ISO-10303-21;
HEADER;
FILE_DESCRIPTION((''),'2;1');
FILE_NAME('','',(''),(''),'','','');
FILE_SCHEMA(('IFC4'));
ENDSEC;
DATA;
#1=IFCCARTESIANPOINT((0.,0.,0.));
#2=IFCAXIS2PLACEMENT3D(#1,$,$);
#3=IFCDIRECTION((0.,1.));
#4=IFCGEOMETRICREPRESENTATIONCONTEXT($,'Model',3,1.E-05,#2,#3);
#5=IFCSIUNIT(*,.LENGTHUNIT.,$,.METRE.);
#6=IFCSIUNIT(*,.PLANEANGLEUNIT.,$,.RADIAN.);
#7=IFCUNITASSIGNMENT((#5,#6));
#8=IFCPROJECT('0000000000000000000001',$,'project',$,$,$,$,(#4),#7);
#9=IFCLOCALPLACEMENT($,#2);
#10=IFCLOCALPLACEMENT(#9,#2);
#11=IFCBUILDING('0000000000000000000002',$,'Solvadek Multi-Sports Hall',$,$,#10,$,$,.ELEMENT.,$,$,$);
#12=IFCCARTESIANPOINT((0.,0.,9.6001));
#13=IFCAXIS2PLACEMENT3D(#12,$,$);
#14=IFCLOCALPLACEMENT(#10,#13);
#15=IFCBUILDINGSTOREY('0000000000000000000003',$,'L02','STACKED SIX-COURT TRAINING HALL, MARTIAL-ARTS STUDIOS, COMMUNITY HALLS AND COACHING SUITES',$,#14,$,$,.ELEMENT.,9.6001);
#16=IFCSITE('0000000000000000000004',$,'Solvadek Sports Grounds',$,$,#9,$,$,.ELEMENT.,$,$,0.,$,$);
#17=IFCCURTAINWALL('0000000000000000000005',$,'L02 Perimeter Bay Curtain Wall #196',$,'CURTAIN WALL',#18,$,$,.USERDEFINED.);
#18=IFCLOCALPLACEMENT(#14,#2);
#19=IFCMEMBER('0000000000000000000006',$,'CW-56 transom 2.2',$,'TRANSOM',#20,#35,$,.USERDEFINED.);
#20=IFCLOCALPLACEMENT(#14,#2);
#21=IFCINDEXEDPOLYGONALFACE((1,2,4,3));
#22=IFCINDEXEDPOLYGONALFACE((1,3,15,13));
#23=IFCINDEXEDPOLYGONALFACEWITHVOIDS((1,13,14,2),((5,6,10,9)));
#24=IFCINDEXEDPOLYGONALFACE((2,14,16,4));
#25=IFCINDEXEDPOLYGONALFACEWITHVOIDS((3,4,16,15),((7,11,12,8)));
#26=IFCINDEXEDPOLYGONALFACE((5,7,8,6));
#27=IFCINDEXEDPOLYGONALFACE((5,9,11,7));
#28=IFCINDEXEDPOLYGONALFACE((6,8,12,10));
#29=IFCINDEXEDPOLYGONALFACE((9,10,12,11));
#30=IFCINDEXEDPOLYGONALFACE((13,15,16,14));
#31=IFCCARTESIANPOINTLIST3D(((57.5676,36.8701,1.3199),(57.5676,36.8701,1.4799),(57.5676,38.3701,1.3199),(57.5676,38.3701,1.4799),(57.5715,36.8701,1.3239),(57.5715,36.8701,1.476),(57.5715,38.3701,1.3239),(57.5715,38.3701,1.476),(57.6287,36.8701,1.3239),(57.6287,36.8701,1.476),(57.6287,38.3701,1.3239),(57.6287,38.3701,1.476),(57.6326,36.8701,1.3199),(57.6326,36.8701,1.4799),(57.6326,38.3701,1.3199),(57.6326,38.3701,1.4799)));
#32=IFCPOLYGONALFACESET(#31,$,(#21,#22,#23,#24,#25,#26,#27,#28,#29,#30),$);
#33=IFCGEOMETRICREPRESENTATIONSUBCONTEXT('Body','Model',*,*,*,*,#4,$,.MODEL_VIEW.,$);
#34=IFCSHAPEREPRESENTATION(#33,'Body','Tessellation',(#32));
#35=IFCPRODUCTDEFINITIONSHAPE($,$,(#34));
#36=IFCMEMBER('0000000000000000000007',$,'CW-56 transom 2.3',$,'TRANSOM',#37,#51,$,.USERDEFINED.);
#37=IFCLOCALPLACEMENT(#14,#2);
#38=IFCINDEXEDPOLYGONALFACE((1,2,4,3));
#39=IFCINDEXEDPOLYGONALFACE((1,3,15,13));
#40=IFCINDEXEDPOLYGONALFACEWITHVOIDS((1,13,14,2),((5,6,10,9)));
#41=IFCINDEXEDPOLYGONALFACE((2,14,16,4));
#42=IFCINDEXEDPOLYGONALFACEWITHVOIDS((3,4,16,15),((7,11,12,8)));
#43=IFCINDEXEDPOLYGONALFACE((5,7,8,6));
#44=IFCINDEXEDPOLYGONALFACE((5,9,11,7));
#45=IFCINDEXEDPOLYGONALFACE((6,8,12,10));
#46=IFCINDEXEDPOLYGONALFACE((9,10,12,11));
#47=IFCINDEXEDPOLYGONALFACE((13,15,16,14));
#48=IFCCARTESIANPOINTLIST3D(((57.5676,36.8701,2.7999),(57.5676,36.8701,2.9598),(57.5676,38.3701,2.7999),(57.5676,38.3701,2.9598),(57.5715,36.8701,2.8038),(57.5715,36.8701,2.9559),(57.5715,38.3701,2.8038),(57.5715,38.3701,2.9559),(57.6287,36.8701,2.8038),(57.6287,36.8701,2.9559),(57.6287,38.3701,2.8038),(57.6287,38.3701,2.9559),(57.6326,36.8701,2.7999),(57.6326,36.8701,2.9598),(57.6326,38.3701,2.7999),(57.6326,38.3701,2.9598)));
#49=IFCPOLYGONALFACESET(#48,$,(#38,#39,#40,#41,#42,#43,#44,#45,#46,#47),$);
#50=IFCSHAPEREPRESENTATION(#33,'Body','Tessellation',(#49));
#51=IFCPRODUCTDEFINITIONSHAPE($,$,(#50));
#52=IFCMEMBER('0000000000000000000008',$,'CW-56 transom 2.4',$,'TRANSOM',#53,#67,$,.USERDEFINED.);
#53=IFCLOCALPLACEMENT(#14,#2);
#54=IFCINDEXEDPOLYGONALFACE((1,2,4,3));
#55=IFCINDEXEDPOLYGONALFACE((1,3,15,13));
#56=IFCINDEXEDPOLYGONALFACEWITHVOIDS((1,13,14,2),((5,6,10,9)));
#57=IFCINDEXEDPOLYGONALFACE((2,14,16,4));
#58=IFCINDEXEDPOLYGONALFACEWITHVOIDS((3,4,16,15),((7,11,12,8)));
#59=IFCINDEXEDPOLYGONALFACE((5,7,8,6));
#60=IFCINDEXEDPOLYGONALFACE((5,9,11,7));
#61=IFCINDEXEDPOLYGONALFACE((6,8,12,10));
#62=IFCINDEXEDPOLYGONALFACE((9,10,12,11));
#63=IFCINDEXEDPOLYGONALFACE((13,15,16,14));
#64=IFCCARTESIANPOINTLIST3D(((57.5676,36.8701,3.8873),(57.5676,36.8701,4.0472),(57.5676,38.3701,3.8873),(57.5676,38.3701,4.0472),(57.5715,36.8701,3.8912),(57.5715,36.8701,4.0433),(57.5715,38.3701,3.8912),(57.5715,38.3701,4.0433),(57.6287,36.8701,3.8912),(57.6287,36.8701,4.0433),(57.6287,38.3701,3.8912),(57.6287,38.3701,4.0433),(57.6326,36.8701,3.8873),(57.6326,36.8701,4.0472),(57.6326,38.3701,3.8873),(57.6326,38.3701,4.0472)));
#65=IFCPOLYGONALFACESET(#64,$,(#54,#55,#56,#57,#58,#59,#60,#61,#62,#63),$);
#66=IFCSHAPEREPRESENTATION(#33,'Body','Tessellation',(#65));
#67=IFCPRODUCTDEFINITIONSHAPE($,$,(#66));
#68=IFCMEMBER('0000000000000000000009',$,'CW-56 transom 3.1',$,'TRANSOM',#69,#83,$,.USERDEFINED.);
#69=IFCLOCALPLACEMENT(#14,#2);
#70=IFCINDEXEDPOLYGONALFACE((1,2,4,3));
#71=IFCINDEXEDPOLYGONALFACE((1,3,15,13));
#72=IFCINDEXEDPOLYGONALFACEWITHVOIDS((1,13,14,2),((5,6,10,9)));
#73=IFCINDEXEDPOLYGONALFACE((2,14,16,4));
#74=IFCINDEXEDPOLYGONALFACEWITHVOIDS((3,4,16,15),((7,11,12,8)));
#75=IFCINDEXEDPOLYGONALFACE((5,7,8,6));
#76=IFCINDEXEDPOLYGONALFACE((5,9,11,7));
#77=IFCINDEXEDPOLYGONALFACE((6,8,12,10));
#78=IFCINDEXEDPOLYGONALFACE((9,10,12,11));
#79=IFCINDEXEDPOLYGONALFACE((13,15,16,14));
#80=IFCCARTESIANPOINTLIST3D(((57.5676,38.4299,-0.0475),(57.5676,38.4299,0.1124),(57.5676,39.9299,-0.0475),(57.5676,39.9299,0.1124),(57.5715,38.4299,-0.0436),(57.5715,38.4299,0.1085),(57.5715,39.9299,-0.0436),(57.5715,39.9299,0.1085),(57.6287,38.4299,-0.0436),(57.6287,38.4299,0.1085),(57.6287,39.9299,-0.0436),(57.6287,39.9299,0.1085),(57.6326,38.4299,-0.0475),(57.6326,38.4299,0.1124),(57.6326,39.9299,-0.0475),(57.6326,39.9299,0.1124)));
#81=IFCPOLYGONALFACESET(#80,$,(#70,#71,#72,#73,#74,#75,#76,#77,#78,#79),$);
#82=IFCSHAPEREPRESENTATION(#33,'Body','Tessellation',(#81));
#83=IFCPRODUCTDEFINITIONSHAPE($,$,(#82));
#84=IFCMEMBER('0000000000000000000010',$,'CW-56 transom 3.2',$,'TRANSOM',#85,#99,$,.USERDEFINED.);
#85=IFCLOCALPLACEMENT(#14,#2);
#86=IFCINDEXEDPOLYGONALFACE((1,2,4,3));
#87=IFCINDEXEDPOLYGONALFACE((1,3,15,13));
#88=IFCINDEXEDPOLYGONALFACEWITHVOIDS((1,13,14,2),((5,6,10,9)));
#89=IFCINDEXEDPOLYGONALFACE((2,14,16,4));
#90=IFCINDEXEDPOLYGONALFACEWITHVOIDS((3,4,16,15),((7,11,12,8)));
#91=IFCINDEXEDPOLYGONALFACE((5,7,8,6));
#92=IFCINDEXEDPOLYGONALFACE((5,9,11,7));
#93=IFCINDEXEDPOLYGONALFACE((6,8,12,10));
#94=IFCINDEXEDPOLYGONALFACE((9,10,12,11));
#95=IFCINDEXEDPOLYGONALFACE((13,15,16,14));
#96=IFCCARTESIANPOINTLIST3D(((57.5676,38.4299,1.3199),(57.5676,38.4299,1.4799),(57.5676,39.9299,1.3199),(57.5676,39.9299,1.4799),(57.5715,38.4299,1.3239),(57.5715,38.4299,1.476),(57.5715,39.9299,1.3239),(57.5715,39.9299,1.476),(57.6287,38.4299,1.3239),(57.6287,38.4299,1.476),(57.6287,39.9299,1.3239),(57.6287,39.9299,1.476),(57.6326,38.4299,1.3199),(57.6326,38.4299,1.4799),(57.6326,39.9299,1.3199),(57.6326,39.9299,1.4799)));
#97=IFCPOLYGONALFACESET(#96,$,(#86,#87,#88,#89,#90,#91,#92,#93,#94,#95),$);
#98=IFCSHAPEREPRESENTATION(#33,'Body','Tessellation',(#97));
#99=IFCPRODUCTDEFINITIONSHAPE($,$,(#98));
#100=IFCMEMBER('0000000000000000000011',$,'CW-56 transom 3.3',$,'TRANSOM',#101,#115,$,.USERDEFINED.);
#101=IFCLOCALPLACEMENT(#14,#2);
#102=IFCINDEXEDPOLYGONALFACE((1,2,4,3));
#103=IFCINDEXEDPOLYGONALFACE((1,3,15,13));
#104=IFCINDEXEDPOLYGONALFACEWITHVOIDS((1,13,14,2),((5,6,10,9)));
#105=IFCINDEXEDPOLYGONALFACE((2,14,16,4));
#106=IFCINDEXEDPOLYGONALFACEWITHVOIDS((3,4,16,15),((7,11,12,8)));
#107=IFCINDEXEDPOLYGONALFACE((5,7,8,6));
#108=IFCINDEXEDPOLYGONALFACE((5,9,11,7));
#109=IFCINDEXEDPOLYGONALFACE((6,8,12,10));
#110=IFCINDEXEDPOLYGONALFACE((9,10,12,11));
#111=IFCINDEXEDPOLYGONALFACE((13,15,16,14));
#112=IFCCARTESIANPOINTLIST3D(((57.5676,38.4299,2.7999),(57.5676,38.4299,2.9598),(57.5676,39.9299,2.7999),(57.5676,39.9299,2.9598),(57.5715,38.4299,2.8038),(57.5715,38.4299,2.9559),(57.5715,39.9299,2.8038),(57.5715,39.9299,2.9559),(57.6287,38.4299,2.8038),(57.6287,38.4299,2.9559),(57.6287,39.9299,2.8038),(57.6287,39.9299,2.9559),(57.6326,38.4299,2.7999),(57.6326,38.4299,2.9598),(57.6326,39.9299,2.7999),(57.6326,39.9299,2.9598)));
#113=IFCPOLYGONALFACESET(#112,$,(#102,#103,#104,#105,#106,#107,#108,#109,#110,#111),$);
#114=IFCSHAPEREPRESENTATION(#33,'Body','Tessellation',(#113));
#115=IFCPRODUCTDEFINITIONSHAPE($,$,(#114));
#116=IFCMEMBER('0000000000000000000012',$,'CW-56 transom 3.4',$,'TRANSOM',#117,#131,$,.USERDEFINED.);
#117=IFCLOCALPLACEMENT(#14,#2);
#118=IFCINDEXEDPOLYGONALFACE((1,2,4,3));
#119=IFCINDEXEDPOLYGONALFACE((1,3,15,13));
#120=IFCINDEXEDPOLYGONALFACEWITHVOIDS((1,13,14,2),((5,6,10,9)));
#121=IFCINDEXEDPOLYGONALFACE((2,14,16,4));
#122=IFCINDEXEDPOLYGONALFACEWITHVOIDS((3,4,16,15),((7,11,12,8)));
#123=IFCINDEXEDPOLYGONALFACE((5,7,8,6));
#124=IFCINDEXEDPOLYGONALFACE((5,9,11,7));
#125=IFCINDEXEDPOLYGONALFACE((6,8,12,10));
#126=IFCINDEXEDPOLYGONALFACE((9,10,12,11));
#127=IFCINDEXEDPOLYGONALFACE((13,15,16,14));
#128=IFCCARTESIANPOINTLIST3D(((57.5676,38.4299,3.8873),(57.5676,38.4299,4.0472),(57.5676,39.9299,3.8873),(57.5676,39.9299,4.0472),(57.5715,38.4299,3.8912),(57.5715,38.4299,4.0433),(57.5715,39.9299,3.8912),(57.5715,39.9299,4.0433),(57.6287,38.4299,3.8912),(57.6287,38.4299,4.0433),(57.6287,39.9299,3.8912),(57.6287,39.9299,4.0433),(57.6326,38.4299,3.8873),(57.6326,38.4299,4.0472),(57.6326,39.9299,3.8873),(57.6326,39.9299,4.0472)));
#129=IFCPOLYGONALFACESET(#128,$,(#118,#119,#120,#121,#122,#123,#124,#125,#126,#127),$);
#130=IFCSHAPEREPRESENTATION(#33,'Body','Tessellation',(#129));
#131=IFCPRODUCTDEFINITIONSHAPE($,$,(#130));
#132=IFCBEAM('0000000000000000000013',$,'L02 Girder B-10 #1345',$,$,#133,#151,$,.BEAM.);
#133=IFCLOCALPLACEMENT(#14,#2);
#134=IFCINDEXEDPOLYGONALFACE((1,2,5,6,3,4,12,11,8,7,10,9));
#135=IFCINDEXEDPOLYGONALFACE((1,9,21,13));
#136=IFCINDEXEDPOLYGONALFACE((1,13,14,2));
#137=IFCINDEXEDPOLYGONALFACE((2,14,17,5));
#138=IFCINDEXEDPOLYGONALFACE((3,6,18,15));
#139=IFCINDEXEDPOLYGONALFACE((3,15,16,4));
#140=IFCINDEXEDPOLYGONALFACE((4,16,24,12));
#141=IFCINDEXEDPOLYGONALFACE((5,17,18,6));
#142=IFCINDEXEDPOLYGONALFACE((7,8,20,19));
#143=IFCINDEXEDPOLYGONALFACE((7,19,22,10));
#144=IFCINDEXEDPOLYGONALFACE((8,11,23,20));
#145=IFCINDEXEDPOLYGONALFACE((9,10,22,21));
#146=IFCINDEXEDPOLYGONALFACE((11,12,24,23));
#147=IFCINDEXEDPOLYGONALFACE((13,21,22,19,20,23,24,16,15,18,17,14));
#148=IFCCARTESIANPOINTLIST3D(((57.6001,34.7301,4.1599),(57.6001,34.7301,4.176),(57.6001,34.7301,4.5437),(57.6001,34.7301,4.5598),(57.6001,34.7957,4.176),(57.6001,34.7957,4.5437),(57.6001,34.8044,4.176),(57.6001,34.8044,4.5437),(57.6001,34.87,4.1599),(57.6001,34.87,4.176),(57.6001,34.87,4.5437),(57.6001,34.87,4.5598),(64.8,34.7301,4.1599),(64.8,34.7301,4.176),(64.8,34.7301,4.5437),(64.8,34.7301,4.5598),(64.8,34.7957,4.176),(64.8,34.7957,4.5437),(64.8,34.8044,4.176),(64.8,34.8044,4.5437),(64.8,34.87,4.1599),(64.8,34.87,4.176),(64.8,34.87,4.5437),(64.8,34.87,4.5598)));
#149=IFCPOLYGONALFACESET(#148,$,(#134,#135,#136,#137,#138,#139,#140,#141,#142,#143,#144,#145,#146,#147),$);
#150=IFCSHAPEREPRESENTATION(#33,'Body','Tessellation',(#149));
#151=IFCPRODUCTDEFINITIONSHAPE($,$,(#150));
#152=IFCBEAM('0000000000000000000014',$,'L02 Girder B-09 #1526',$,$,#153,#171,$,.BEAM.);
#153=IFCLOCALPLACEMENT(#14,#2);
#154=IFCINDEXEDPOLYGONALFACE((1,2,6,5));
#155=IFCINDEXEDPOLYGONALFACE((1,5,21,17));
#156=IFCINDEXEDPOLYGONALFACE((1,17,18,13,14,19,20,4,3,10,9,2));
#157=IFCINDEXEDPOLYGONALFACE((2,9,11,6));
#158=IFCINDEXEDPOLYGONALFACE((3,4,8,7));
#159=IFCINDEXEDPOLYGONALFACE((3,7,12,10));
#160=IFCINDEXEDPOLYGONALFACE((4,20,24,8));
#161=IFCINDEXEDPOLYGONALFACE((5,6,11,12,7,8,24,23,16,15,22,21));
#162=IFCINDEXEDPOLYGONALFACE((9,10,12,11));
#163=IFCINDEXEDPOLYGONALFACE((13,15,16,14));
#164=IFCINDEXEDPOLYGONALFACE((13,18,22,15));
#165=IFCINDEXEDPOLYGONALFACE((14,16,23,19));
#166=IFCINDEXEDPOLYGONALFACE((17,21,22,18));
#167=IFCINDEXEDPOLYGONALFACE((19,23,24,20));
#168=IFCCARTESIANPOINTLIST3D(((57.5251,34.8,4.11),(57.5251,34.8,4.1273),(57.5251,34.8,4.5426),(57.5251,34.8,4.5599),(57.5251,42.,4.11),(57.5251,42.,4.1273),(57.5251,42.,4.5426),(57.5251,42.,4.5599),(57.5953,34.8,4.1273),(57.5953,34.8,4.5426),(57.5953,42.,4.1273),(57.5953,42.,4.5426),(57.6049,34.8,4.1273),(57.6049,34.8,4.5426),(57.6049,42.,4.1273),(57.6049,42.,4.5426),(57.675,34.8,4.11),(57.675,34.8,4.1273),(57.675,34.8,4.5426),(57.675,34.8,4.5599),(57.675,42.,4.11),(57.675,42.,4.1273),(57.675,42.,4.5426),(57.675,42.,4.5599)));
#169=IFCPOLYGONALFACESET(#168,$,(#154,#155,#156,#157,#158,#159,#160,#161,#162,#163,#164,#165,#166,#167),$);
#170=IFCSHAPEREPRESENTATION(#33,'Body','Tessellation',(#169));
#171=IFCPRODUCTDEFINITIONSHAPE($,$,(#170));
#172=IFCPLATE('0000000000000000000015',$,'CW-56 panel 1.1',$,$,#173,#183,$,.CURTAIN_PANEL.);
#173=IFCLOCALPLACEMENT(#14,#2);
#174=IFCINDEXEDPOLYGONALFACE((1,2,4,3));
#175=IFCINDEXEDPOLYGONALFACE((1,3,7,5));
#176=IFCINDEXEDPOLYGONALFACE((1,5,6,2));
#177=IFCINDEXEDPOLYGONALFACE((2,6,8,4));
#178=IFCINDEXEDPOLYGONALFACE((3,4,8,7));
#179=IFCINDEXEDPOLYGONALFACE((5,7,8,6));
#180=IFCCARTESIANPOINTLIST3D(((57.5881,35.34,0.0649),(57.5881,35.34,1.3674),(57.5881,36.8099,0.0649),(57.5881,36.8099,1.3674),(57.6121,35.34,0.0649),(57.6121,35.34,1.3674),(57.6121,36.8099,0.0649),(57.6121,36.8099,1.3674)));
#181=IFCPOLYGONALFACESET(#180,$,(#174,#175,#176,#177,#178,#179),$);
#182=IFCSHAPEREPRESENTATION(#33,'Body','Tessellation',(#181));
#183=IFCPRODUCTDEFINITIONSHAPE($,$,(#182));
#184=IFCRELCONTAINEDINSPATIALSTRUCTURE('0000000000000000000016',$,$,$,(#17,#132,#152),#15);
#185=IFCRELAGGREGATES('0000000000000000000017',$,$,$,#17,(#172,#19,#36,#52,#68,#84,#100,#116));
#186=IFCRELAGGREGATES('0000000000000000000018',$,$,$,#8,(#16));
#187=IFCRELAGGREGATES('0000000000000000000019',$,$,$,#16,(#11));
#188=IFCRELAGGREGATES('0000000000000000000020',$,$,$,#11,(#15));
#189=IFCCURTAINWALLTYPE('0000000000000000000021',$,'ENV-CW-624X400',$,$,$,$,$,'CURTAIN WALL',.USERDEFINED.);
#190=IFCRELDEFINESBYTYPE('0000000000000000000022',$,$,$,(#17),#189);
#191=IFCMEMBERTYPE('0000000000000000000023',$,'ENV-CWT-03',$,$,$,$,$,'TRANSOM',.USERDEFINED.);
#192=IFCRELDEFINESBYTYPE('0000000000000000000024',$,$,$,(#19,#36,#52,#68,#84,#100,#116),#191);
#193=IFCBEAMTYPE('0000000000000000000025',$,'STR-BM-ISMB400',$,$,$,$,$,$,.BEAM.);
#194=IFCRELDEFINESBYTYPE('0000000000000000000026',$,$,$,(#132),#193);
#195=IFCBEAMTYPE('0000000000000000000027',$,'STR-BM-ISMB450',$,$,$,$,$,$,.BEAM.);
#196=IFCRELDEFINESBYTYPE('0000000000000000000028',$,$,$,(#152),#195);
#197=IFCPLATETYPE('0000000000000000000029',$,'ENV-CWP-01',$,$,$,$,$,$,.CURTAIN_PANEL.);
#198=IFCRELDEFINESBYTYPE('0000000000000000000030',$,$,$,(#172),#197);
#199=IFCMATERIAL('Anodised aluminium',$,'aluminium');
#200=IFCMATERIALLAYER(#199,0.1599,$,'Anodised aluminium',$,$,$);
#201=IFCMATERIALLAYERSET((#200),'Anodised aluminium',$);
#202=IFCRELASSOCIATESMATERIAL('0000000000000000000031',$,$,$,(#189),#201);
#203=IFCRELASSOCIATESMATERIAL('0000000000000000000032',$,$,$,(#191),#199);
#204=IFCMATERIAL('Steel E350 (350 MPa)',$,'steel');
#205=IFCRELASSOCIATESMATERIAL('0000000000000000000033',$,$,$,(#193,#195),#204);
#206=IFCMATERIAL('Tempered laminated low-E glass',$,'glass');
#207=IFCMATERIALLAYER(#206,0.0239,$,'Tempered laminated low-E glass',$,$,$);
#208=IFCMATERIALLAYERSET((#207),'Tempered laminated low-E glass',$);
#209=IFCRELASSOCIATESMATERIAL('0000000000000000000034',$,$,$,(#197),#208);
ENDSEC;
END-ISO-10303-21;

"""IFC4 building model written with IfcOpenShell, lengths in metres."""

from ifc_helpers import new_model, si_unit, direction, frame, origin, origin_2d, place, context, subcontext, project, spatial, rectangle, hollow_rectangle, i_section, extrude, material, layer, layer_set, material_profile, profile_set, type_object, element, aggregate, save


model = new_model("IFC4")

# Units and contexts
model_context = context("Model", 3, precision=1e-05, world=origin(), true_north=direction((0.0, 1.0)))
body_context = subcontext(model_context, "Body", "Model", "MODEL_VIEW")
ifc_project = project(units=[si_unit("LENGTHUNIT", "METRE"), si_unit("PLANEANGLEUNIT", "RADIAN")], contexts=[model_context])

# Site, building, storey
site_placement = place(None, origin())
site = spatial("IfcSite", under=ifc_project, at=site_placement, Name="Solvadek Sports Grounds", CompositionType="ELEMENT", RefElevation=0.0)
building_placement = place(site_placement, origin())
building = spatial("IfcBuilding", under=site, at=building_placement, Name="Solvadek Multi-Sports Hall", CompositionType="ELEMENT")
storey_placement = place(building_placement, frame((0.0, 0.0, 9.6001)))
storey = spatial("IfcBuildingStorey", under=building, at=storey_placement, Name="L02", Description="STACKED SIX-COURT TRAINING HALL, MARTIAL-ARTS STUDIOS, COMMUNITY HALLS AND COACHING SUITES", CompositionType="ELEMENT", Elevation=9.6001)

# Shared definitions
ifc_material_1 = material(Name="Steel E350 (350 MPa)", Category="steel")

# Shared definitions
ifc_material_2 = material(Name="Anodised aluminium", Category="aluminium")

# Curtain wall, members
ifc_layer_1 = layer(ifc_material_2, 0.1599, Name="Anodised aluminium")
ifc_layer_set_1 = layer_set([ifc_layer_1], Name="Anodised aluminium")
curtain_wall_type_1 = type_object("IfcCurtainWallType", Name="ENV-CW-624X400", ElementType="CURTAIN WALL", PredefinedType="USERDEFINED", material=ifc_layer_set_1)
curtain_wall_1_placement = place(storey_placement, origin())
curtain_wall_1 = element("IfcCurtainWall", 1, at=curtain_wall_1_placement, inside=storey, type_object=curtain_wall_type_1, Name="L02 Perimeter Bay Curtain Wall #196", ObjectType="CURTAIN WALL", PredefinedType="USERDEFINED")
ifc_material_profile_1 = material_profile(ifc_material_2, hollow_rectangle(XDim=0.0649, YDim=0.1599, WallThickness=0.0039, at=origin_2d()), Name="ALU-T 160x65x4")
ifc_profile_set_1 = profile_set([ifc_material_profile_1], Name="Anodised aluminium")
member_type_1 = type_object("IfcMemberType", Name="ENV-CWT-03", ElementType="TRANSOM", PredefinedType="USERDEFINED", material=ifc_profile_set_1)
member_1_placement = place(storey_placement, frame((57.6001, 36.8701, 1.3999), z_axis=(0.0, 1.0, 0.0), x_axis=(-1.0, 0.0, 0.0)))
member_1 = element("IfcMember", 2, at=member_1_placement, type_object=member_type_1, Name="CW-56 transom 2.2", ObjectType="TRANSOM", PredefinedType="USERDEFINED", context=body_context, shape_type="SweptSolid", body=[
    extrude(hollow_rectangle(XDim=0.0649, YDim=0.1599, WallThickness=0.0039, at=origin_2d()), origin(), (0.0, 0.0, 1.0), 1.5),
])
member_2_placement = place(storey_placement, frame((57.6001, 36.8701, 2.8799), z_axis=(0.0, 1.0, 0.0), x_axis=(-1.0, 0.0, 0.0)))
member_2 = element("IfcMember", 3, at=member_2_placement, type_object=member_type_1, Name="CW-56 transom 2.3", ObjectType="TRANSOM", PredefinedType="USERDEFINED", context=body_context, shape_type="SweptSolid", body=[
    extrude(hollow_rectangle(XDim=0.0649, YDim=0.1599, WallThickness=0.0039, at=origin_2d()), origin(), (0.0, 0.0, 1.0), 1.5),
])
member_3_placement = place(storey_placement, frame((57.6001, 36.8701, 3.9673), z_axis=(0.0, 1.0, 0.0), x_axis=(-1.0, 0.0, 0.0)))
member_3 = element("IfcMember", 4, at=member_3_placement, type_object=member_type_1, Name="CW-56 transom 2.4", ObjectType="TRANSOM", PredefinedType="USERDEFINED", context=body_context, shape_type="SweptSolid", body=[
    extrude(hollow_rectangle(XDim=0.0649, YDim=0.1599, WallThickness=0.0039, at=origin_2d()), origin(), (0.0, 0.0, 1.0), 1.5),
])
member_4_placement = place(storey_placement, frame((57.6001, 38.4299, 0.0325), z_axis=(0.0, 1.0, 0.0), x_axis=(-1.0, 0.0, 0.0)))
member_4 = element("IfcMember", 5, at=member_4_placement, type_object=member_type_1, Name="CW-56 transom 3.1", ObjectType="TRANSOM", PredefinedType="USERDEFINED", context=body_context, shape_type="SweptSolid", body=[
    extrude(hollow_rectangle(XDim=0.0649, YDim=0.1599, WallThickness=0.0039, at=origin_2d()), origin(), (0.0, 0.0, 1.0), 1.5),
])
member_5_placement = place(storey_placement, frame((57.6001, 38.4299, 1.3999), z_axis=(0.0, 1.0, 0.0), x_axis=(-1.0, 0.0, 0.0)))
member_5 = element("IfcMember", 6, at=member_5_placement, type_object=member_type_1, Name="CW-56 transom 3.2", ObjectType="TRANSOM", PredefinedType="USERDEFINED", context=body_context, shape_type="SweptSolid", body=[
    extrude(hollow_rectangle(XDim=0.0649, YDim=0.1599, WallThickness=0.0039, at=origin_2d()), origin(), (0.0, 0.0, 1.0), 1.5),
])
member_6_placement = place(storey_placement, frame((57.6001, 38.4299, 2.8799), z_axis=(0.0, 1.0, 0.0), x_axis=(-1.0, 0.0, 0.0)))
member_6 = element("IfcMember", 7, at=member_6_placement, type_object=member_type_1, Name="CW-56 transom 3.3", ObjectType="TRANSOM", PredefinedType="USERDEFINED", context=body_context, shape_type="SweptSolid", body=[
    extrude(hollow_rectangle(XDim=0.0649, YDim=0.1599, WallThickness=0.0039, at=origin_2d()), origin(), (0.0, 0.0, 1.0), 1.5),
])
member_7_placement = place(storey_placement, frame((57.6001, 38.4299, 3.9673), z_axis=(0.0, 1.0, 0.0), x_axis=(-1.0, 0.0, 0.0)))
member_7 = element("IfcMember", 8, at=member_7_placement, type_object=member_type_1, Name="CW-56 transom 3.4", ObjectType="TRANSOM", PredefinedType="USERDEFINED", context=body_context, shape_type="SweptSolid", body=[
    extrude(hollow_rectangle(XDim=0.0649, YDim=0.1599, WallThickness=0.0039, at=origin_2d()), origin(), (0.0, 0.0, 1.0), 1.5),
])

# Beams
ifc_material_profile_2 = material_profile(ifc_material_1, i_section(OverallWidth=0.1399, OverallDepth=0.3999, WebThickness=0.0088, FlangeThickness=0.0161, at=origin_2d()), Name="ISMB 400")
ifc_profile_set_2 = profile_set([ifc_material_profile_2], Name="Steel E350 (350 MPa)")
beam_type_1 = type_object("IfcBeamType", Name="STR-BM-ISMB400", PredefinedType="BEAM", material=ifc_profile_set_2)
beam_1_placement = place(storey_placement, frame((57.6001, 34.8, 4.3599), z_axis=(1.0, 0.0, 0.0), x_axis=(0.0, 1.0, 0.0)))
element("IfcBeam", 9, at=beam_1_placement, inside=storey, type_object=beam_type_1, Name="L02 Girder B-10 #1345", PredefinedType="BEAM", context=body_context, shape_type="SweptSolid", body=[
    extrude(i_section(OverallWidth=0.1399, OverallDepth=0.3999, WebThickness=0.0088, FlangeThickness=0.0161, at=origin_2d()), origin(), (0.0, 0.0, 1.0), 7.2),
])
ifc_material_profile_3 = material_profile(ifc_material_1, i_section(OverallWidth=0.1499, OverallDepth=0.45, WebThickness=0.0095, FlangeThickness=0.0173, at=origin_2d()), Name="ISMB 450")
ifc_profile_set_3 = profile_set([ifc_material_profile_3], Name="Steel E350 (350 MPa)")
beam_type_2 = type_object("IfcBeamType", Name="STR-BM-ISMB450", PredefinedType="BEAM", material=ifc_profile_set_3)
beam_2_placement = place(storey_placement, frame((57.6001, 34.8, 4.335), z_axis=(0.0, 1.0, 0.0), x_axis=(-1.0, 0.0, 0.0)))
element("IfcBeam", 10, at=beam_2_placement, inside=storey, type_object=beam_type_2, Name="L02 Girder B-09 #1526", PredefinedType="BEAM", context=body_context, shape_type="SweptSolid", body=[
    extrude(i_section(OverallWidth=0.1499, OverallDepth=0.45, WebThickness=0.0095, FlangeThickness=0.0173, at=origin_2d()), origin(), (0.0, 0.0, 1.0), 7.2),
])

# Plate
ifc_material_3 = material(Name="Tempered laminated low-E glass", Category="glass")
ifc_layer_2 = layer(ifc_material_3, 0.0239, Name="Tempered laminated low-E glass")
ifc_layer_set_2 = layer_set([ifc_layer_2], Name="Tempered laminated low-E glass")
plate_type_1 = type_object("IfcPlateType", Name="ENV-CWP-01", PredefinedType="CURTAIN_PANEL", material=ifc_layer_set_2)
plate_1_placement = place(storey_placement, frame((57.6001, 36.075, 0.0649), z_axis=(0.0, 0.0, 1.0), x_axis=(0.0, 1.0, 0.0)))
plate_1 = element("IfcPlate", 11, at=plate_1_placement, type_object=plate_type_1, Name="CW-56 panel 1.1", PredefinedType="CURTAIN_PANEL", context=body_context, shape_type="SweptSolid", body=[
    extrude(rectangle(XDim=1.47, YDim=0.0239, at=origin_2d()), origin(), (0.0, 0.0, 1.0), 1.3025),
])
aggregate(curtain_wall_1, [plate_1, member_1, member_2, member_3, member_4, member_5, member_6, member_7])

save(model, "model.ifc")
